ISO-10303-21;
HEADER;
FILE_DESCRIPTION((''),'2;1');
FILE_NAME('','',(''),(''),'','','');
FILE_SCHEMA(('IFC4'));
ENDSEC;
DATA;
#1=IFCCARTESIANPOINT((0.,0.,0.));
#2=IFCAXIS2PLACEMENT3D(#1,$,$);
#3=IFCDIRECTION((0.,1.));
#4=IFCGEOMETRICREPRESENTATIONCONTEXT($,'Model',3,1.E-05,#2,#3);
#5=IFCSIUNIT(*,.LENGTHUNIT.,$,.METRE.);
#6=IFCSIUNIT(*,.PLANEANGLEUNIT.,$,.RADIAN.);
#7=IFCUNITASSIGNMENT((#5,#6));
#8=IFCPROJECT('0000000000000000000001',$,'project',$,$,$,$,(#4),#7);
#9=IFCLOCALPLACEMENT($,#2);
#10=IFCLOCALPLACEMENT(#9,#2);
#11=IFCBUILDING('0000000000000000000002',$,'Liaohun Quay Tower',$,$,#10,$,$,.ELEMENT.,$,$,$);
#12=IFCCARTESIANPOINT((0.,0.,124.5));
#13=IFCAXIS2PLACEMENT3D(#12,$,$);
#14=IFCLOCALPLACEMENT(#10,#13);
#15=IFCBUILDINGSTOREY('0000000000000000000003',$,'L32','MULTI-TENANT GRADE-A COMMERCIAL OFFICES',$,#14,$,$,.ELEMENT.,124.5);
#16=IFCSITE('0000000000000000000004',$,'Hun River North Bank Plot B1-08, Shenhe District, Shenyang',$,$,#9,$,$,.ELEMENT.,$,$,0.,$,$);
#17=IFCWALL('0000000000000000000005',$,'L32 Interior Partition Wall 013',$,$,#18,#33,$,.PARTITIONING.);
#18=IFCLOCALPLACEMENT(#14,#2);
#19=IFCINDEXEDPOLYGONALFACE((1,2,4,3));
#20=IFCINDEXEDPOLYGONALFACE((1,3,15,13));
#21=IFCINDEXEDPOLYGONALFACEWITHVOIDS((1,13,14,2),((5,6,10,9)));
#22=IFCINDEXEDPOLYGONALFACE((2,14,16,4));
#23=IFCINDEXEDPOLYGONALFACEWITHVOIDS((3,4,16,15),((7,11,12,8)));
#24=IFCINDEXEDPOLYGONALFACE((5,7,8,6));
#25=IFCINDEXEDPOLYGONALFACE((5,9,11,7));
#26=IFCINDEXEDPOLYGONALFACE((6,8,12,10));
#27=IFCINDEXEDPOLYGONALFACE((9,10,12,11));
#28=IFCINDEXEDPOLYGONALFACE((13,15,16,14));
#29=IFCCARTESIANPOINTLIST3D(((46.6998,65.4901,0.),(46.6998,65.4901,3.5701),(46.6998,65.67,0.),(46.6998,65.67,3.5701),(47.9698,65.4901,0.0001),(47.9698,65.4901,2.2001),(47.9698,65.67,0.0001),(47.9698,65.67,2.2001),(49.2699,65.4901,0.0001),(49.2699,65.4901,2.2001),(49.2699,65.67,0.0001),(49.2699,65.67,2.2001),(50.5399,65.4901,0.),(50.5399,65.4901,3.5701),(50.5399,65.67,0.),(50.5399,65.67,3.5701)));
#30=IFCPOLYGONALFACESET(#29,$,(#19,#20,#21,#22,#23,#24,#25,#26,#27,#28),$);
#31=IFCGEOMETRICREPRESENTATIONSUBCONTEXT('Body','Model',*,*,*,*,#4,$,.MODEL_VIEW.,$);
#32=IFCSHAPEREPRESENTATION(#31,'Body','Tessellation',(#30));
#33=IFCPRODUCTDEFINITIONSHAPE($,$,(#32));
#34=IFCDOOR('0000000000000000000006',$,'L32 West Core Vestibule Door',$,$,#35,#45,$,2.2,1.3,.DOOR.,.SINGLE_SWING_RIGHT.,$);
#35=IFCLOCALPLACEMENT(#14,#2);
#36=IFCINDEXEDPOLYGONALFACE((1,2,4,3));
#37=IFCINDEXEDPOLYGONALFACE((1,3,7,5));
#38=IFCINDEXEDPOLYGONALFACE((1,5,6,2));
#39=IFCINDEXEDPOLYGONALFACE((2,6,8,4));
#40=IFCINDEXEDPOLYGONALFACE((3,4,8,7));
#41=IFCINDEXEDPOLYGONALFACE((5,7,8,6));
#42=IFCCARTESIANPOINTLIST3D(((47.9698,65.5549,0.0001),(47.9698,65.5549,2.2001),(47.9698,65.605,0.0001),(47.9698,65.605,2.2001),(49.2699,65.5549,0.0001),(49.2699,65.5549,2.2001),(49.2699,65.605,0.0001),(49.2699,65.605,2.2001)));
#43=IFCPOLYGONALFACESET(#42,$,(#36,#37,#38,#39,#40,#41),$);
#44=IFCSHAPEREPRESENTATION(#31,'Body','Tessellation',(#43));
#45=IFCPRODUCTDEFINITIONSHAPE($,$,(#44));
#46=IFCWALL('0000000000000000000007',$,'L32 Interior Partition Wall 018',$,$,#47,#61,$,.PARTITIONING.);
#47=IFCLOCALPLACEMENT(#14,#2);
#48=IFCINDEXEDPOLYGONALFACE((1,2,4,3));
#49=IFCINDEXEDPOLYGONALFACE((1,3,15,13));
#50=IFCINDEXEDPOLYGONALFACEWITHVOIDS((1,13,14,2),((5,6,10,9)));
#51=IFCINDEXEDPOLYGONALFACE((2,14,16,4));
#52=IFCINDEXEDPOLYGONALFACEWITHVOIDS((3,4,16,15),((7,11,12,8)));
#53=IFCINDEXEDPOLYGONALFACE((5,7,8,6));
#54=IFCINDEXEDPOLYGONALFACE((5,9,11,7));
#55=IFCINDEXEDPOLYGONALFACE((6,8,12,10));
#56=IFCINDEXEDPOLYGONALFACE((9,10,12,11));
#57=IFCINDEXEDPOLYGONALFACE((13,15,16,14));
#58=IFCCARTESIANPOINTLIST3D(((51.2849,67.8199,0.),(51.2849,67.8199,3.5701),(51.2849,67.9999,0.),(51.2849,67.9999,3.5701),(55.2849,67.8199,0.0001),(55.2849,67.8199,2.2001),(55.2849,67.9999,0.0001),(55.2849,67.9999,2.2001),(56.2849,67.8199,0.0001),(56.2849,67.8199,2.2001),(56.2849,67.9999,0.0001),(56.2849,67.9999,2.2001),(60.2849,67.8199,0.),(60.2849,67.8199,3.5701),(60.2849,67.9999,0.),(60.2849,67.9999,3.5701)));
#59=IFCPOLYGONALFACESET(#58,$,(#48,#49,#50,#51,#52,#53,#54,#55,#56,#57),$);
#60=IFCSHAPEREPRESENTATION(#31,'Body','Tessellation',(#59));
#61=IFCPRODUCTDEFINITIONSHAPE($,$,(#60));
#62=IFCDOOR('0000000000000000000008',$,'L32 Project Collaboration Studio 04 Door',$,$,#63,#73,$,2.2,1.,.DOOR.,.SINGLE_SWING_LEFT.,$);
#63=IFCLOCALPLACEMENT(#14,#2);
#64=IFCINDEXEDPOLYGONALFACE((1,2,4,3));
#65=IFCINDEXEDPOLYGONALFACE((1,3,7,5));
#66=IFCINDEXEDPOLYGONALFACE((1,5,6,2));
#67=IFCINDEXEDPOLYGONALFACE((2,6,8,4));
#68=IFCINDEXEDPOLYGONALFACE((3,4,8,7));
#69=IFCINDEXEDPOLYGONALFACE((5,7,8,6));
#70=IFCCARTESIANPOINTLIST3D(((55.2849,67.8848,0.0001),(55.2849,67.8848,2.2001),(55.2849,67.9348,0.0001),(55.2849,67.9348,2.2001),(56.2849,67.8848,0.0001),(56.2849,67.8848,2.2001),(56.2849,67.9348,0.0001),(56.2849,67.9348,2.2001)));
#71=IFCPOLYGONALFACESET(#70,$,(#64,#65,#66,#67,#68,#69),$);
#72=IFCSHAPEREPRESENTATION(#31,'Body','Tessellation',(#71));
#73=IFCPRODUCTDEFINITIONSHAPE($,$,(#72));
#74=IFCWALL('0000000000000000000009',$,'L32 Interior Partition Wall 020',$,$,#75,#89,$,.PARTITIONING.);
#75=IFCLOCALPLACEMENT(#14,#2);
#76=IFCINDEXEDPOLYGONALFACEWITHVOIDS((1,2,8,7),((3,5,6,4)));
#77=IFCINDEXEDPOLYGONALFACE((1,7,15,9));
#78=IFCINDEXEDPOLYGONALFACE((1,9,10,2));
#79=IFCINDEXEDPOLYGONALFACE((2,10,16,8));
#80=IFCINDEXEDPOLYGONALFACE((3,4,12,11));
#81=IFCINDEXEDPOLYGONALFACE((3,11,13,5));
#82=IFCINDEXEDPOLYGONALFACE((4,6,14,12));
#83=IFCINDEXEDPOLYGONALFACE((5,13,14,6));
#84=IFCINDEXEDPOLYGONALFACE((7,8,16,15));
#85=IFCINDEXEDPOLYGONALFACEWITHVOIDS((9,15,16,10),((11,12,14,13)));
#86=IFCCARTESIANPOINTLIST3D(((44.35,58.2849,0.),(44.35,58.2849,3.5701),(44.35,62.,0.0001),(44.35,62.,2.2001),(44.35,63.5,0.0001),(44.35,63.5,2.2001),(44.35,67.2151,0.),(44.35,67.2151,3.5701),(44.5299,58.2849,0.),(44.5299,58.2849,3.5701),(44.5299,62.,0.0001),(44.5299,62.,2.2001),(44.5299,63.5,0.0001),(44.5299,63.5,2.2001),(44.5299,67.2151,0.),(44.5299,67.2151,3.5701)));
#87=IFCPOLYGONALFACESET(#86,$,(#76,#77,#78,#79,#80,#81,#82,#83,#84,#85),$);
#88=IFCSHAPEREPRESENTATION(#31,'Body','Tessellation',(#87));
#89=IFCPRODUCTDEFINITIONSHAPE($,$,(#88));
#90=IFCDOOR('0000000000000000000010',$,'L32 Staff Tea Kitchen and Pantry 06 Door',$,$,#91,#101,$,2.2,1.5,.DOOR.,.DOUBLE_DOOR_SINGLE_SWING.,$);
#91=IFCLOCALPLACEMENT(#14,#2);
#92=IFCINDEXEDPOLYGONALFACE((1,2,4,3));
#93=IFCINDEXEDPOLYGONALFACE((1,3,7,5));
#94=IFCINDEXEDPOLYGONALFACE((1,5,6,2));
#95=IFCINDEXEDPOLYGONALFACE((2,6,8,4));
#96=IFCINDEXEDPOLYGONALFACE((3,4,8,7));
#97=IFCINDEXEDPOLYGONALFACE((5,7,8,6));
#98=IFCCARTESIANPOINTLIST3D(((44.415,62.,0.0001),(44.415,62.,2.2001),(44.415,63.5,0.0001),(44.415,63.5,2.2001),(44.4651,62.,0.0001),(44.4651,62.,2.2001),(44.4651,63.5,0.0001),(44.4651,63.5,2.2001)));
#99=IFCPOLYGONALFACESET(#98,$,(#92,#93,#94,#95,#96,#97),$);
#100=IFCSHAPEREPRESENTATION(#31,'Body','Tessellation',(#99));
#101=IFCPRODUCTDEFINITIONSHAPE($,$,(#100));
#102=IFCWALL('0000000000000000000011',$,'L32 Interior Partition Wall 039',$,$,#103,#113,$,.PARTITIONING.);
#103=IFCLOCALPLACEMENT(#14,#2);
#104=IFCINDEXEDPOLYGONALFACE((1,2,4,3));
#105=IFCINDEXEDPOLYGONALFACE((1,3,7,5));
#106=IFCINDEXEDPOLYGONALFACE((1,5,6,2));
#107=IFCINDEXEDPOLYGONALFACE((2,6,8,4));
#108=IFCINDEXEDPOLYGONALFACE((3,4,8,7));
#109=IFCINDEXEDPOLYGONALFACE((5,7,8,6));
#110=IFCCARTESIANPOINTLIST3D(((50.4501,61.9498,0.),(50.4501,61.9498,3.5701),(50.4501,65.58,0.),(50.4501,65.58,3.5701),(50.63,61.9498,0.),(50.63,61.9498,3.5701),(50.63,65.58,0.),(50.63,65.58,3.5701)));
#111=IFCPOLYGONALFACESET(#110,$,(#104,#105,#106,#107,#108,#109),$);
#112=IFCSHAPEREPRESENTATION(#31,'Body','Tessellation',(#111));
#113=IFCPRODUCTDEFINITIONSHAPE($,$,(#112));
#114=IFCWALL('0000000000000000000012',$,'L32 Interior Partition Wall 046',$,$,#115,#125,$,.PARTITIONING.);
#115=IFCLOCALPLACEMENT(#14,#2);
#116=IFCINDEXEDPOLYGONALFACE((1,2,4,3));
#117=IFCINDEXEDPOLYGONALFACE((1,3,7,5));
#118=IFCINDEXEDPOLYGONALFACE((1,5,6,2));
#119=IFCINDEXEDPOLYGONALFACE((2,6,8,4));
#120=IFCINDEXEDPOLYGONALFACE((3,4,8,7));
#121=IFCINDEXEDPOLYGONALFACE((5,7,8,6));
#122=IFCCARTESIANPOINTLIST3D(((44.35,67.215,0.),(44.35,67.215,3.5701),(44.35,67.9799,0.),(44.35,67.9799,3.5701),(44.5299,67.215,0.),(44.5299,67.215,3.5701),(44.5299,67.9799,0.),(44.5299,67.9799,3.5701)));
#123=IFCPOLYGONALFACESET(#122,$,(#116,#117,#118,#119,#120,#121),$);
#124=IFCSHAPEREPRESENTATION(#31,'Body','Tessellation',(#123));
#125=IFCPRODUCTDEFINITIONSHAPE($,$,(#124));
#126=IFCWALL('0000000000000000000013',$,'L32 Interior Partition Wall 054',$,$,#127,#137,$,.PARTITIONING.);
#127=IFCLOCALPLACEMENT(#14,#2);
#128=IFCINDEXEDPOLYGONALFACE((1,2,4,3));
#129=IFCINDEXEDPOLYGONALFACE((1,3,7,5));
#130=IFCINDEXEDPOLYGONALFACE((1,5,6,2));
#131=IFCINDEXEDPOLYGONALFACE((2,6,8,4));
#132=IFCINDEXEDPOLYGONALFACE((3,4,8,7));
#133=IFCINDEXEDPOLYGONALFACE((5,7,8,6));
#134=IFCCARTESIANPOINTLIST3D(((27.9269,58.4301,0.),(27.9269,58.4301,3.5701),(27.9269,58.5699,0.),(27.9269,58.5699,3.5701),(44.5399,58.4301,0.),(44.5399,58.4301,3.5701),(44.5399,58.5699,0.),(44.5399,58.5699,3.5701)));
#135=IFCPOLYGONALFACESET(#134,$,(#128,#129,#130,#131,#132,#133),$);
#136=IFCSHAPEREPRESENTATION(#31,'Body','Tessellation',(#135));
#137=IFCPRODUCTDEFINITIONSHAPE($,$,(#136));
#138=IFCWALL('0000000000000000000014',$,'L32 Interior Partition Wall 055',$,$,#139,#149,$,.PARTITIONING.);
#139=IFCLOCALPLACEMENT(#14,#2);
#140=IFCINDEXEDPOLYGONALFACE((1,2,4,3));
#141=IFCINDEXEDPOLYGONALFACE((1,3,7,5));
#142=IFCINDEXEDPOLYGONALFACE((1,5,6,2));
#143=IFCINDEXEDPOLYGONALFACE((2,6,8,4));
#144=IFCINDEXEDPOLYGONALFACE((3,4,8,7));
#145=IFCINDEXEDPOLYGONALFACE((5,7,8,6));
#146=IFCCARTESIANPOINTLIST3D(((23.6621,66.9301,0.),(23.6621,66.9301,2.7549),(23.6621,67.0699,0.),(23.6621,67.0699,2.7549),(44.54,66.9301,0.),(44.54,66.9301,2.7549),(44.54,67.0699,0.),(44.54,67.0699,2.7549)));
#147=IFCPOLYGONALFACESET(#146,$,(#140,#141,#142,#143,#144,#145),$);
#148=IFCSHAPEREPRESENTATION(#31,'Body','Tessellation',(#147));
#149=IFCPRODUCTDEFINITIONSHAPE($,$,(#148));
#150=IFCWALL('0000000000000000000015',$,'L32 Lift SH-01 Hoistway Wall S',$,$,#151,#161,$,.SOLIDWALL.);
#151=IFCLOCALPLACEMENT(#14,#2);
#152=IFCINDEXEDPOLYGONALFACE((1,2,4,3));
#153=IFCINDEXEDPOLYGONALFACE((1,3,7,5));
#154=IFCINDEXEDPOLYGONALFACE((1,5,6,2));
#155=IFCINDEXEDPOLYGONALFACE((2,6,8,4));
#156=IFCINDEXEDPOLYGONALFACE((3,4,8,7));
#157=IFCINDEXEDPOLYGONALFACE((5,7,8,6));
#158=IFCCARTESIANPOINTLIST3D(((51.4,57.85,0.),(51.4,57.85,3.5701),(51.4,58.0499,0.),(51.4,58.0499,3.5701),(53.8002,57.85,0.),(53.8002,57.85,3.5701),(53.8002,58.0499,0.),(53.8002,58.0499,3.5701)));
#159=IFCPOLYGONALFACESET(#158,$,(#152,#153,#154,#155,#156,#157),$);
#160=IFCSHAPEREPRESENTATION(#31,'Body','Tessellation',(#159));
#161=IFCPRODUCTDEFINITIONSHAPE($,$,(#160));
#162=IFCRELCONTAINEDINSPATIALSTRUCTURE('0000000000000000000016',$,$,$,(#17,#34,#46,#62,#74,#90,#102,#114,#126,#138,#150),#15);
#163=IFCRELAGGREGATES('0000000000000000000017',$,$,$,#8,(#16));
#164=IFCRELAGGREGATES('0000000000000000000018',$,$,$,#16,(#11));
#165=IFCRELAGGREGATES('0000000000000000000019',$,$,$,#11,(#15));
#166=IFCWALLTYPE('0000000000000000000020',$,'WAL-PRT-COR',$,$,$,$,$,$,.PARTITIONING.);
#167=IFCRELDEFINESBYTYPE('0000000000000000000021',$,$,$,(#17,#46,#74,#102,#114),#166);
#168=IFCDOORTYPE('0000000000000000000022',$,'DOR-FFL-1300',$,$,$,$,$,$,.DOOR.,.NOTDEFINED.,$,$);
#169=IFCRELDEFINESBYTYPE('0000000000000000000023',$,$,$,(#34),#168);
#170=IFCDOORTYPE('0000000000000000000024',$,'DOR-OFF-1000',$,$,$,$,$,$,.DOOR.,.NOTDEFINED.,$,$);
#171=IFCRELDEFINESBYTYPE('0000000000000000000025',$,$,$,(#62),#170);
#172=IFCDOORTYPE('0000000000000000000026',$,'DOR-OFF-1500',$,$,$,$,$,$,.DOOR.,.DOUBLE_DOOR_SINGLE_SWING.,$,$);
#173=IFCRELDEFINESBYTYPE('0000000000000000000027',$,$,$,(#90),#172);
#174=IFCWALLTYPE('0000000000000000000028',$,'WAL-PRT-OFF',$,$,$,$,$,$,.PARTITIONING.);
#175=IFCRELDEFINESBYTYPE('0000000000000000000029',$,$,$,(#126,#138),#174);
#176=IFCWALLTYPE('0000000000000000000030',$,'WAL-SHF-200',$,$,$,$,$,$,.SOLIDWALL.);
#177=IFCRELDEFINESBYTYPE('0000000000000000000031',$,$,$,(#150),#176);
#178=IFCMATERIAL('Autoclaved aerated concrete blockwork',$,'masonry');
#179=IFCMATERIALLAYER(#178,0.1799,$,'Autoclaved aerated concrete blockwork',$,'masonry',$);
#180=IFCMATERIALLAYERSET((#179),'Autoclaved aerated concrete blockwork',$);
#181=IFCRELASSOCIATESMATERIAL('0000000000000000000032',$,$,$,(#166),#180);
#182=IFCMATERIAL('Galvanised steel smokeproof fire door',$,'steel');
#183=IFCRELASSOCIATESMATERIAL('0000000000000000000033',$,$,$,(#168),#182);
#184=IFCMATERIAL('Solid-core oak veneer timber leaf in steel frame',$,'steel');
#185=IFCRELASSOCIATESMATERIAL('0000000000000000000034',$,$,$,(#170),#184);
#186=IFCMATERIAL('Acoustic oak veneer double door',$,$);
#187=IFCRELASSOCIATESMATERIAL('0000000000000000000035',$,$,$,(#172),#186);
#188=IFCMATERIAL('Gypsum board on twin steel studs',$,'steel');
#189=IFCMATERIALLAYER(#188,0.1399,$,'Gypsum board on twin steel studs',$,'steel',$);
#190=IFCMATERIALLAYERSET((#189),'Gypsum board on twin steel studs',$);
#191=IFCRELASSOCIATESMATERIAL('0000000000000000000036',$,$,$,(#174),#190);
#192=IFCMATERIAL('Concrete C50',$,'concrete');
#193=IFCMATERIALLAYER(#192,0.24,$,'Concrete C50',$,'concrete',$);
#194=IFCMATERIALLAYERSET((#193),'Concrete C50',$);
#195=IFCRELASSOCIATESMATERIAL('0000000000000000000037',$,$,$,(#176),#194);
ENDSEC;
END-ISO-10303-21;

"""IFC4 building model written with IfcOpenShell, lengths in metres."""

from ifc_helpers import new_model, si_unit, direction, frame, frame_2d, origin, place, context, subcontext, project, spatial, rectangle, extrude, source, transform, mapped, material, layer, layer_set, type_object, element, fill, save


model = new_model("IFC4")

# Units and contexts
model_context = context("Model", 3, precision=1e-05, world=origin(), true_north=direction((0.0, 1.0)))
body_context = subcontext(model_context, "Body", "Model", "MODEL_VIEW")
ifc_project = project(units=[si_unit("LENGTHUNIT", "METRE"), si_unit("PLANEANGLEUNIT", "RADIAN")], contexts=[model_context])

# Site, building, storey
site_placement = place(None, origin())
site = spatial("IfcSite", under=ifc_project, at=site_placement, Name="Hun River North Bank Plot B1-08, Shenhe District, Shenyang", CompositionType="ELEMENT", RefElevation=0.0)
building_placement = place(site_placement, origin())
building = spatial("IfcBuilding", under=site, at=building_placement, Name="Liaohun Quay Tower", CompositionType="ELEMENT")
storey_placement = place(building_placement, frame((0.0, 0.0, 124.5)))
storey = spatial("IfcBuildingStorey", under=building, at=storey_placement, Name="L32", Description="MULTI-TENANT GRADE-A COMMERCIAL OFFICES", CompositionType="ELEMENT", Elevation=124.5)

# Walls, openings, doors
ifc_material_1 = material(Name="Autoclaved aerated concrete blockwork", Category="masonry")
ifc_layer_1 = layer(ifc_material_1, 0.1799, Name="Autoclaved aerated concrete blockwork", Category="masonry")
ifc_layer_set_1 = layer_set([ifc_layer_1], Name="Autoclaved aerated concrete blockwork")
wall_type_1 = type_object("IfcWallType", Name="WAL-PRT-COR", PredefinedType="PARTITIONING", material=ifc_layer_set_1)
wall_1_placement = place(storey_placement, frame((46.7, 65.5801, 0.0), z_axis=(0.0, 0.0, 1.0), x_axis=(1.0, 0.0, 0.0)))
wall_1 = element("IfcWall", 1, at=wall_1_placement, inside=storey, type_object=wall_type_1, Name="L32 Interior Partition Wall 013", PredefinedType="PARTITIONING", context=body_context, shape_type="SweptSolid", body=[
    extrude(rectangle(XDim=3.8401, YDim=0.1799, at=frame_2d((1.9199, 0.0))), origin(), (0.0, 0.0, 1.0), 3.5701),
])
shared_shape_1 = source(origin(), body_context, "Body", "SweptSolid", [
    extrude(rectangle(XDim=1.3, YDim=2.2, at=frame_2d((0.6499, 1.1001))), frame((0.0, 0.0999, 0.0), z_axis=(0.0, -1.0, 0.0), x_axis=(1.0, 0.0, 0.0)), (0.0, 0.0, 1.0), 0.2),
])
opening_1_placement = place(wall_1_placement, frame((1.27, 0.0, 0.0)))
opening_1 = element("IfcOpeningElement", 2, at=opening_1_placement, cuts=wall_1, PredefinedType="OPENING", context=body_context, shape_type="MappedRepresentation", body=[
    mapped(shared_shape_1, transform((0.0, 0.0, 0.0), x_axis=(1.0, 0.0, 0.0), y_axis=(0.0, 1.0, 0.0), z_axis=(0.0, 0.0, 1.0), scale=1.0)),
])
ifc_material_2 = material(Name="Galvanised steel smokeproof fire door", Category="steel")
door_type_1 = type_object("IfcDoorType", Name="DOR-FFL-1300", OperationType="NOTDEFINED", PredefinedType="DOOR", material=ifc_material_2)
shared_shape_2 = source(origin(), body_context, "Body", "SweptSolid", [
    extrude(rectangle(XDim=1.3, YDim=2.2, at=frame_2d((0.6499, 1.1001))), frame((0.0, 0.0249, 0.0), z_axis=(0.0, -1.0, 0.0), x_axis=(1.0, 0.0, 0.0)), (0.0, 0.0, 1.0), 0.05),
])
door_1_placement = place(opening_1_placement, origin())
door_1 = element("IfcDoor", 3, at=door_1_placement, inside=storey, type_object=door_type_1, Name="L32 West Core Vestibule Door", OperationType="SINGLE_SWING_RIGHT", OverallHeight=2.2, OverallWidth=1.3, PredefinedType="DOOR", context=body_context, shape_type="MappedRepresentation", body=[
    mapped(shared_shape_2, transform((0.0, 0.0, 0.0), x_axis=(1.0, 0.0, 0.0), y_axis=(0.0, 1.0, 0.0), z_axis=(0.0, 0.0, 1.0), scale=1.0)),
])
fill(opening_1, door_1)
wall_2_placement = place(storey_placement, frame((51.2849, 67.9099, 0.0), z_axis=(0.0, 0.0, 1.0), x_axis=(1.0, 0.0, 0.0)))
wall_2 = element("IfcWall", 4, at=wall_2_placement, inside=storey, type_object=wall_type_1, Name="L32 Interior Partition Wall 018", PredefinedType="PARTITIONING", context=body_context, shape_type="SweptSolid", body=[
    extrude(rectangle(XDim=9.0, YDim=0.1799, at=frame_2d((4.5, 0.0))), origin(), (0.0, 0.0, 1.0), 3.5701),
])
shared_shape_3 = source(origin(), body_context, "Body", "SweptSolid", [
    extrude(rectangle(XDim=1.0, YDim=2.2, at=frame_2d((0.5, 1.1001))), frame((0.0, 0.0999, 0.0), z_axis=(0.0, -1.0, 0.0), x_axis=(1.0, 0.0, 0.0)), (0.0, 0.0, 1.0), 0.2),
])
opening_2_placement = place(wall_2_placement, frame((4.0, 0.0, 0.0)))
opening_2 = element("IfcOpeningElement", 5, at=opening_2_placement, cuts=wall_2, PredefinedType="OPENING", context=body_context, shape_type="MappedRepresentation", body=[
    mapped(shared_shape_3, transform((0.0, 0.0, 0.0), x_axis=(1.0, 0.0, 0.0), y_axis=(0.0, 1.0, 0.0), z_axis=(0.0, 0.0, 1.0), scale=1.0)),
])
ifc_material_3 = material(Name="Solid-core oak veneer timber leaf in steel frame", Category="steel")
door_type_2 = type_object("IfcDoorType", Name="DOR-OFF-1000", OperationType="NOTDEFINED", PredefinedType="DOOR", material=ifc_material_3)
shared_shape_4 = source(origin(), body_context, "Body", "SweptSolid", [
    extrude(rectangle(XDim=1.0, YDim=2.2, at=frame_2d((0.5, 1.1001))), frame((0.0, 0.0249, 0.0), z_axis=(0.0, -1.0, 0.0), x_axis=(1.0, 0.0, 0.0)), (0.0, 0.0, 1.0), 0.05),
])
door_2_placement = place(opening_2_placement, origin())
door_2 = element("IfcDoor", 6, at=door_2_placement, inside=storey, type_object=door_type_2, Name="L32 Project Collaboration Studio 04 Door", OperationType="SINGLE_SWING_LEFT", OverallHeight=2.2, OverallWidth=1.0, PredefinedType="DOOR", context=body_context, shape_type="MappedRepresentation", body=[
    mapped(shared_shape_4, transform((0.0, 0.0, 0.0), x_axis=(1.0, 0.0, 0.0), y_axis=(0.0, 1.0, 0.0), z_axis=(0.0, 0.0, 1.0), scale=1.0)),
])
fill(opening_2, door_2)
wall_3_placement = place(storey_placement, frame((44.4399, 58.2849, 0.0), z_axis=(0.0, 0.0, 1.0), x_axis=(0.0, 1.0, 0.0)))
wall_3 = element("IfcWall", 7, at=wall_3_placement, inside=storey, type_object=wall_type_1, Name="L32 Interior Partition Wall 020", PredefinedType="PARTITIONING", context=body_context, shape_type="SweptSolid", body=[
    extrude(rectangle(XDim=8.9302, YDim=0.1799, at=frame_2d((4.4651, 0.0))), origin(), (0.0, 0.0, 1.0), 3.5701),
])
shared_shape_5 = source(origin(), body_context, "Body", "SweptSolid", [
    extrude(rectangle(XDim=1.5, YDim=2.2, at=frame_2d((0.75, 1.1001))), frame((0.0, 0.0999, 0.0), z_axis=(0.0, -1.0, 0.0), x_axis=(1.0, 0.0, 0.0)), (0.0, 0.0, 1.0), 0.2),
])
opening_3_placement = place(wall_3_placement, frame((3.7151, 0.0, 0.0)))
opening_3 = element("IfcOpeningElement", 8, at=opening_3_placement, cuts=wall_3, PredefinedType="OPENING", context=body_context, shape_type="MappedRepresentation", body=[
    mapped(shared_shape_5, transform((0.0, 0.0, 0.0), x_axis=(1.0, 0.0, 0.0), y_axis=(0.0, 1.0, 0.0), z_axis=(0.0, 0.0, 1.0), scale=1.0)),
])
ifc_material_4 = material(Name="Acoustic oak veneer double door")
door_type_3 = type_object("IfcDoorType", Name="DOR-OFF-1500", OperationType="DOUBLE_DOOR_SINGLE_SWING", PredefinedType="DOOR", material=ifc_material_4)
shared_shape_6 = source(origin(), body_context, "Body", "SweptSolid", [
    extrude(rectangle(XDim=1.5, YDim=2.2, at=frame_2d((0.75, 1.1001))), frame((0.0, 0.0249, 0.0), z_axis=(0.0, -1.0, 0.0), x_axis=(1.0, 0.0, 0.0)), (0.0, 0.0, 1.0), 0.05),
])
door_3_placement = place(opening_3_placement, origin())
door_3 = element("IfcDoor", 9, at=door_3_placement, inside=storey, type_object=door_type_3, Name="L32 Staff Tea Kitchen and Pantry 06 Door", OperationType="DOUBLE_DOOR_SINGLE_SWING", OverallHeight=2.2, OverallWidth=1.5, PredefinedType="DOOR", context=body_context, shape_type="MappedRepresentation", body=[
    mapped(shared_shape_6, transform((0.0, 0.0, 0.0), x_axis=(1.0, 0.0, 0.0), y_axis=(0.0, 1.0, 0.0), z_axis=(0.0, 0.0, 1.0), scale=1.0)),
])
fill(opening_3, door_3)

# Walls
wall_4_placement = place(storey_placement, frame((50.54, 61.95, 0.0), z_axis=(0.0, 0.0, 1.0), x_axis=(0.0, 1.0, 0.0)))
element("IfcWall", 10, at=wall_4_placement, inside=storey, type_object=wall_type_1, Name="L32 Interior Partition Wall 039", PredefinedType="PARTITIONING", context=body_context, shape_type="SweptSolid", body=[
    extrude(rectangle(XDim=3.6301, YDim=0.1799, at=frame_2d((1.8149, 0.0))), origin(), (0.0, 0.0, 1.0), 3.5701),
])
wall_5_placement = place(storey_placement, frame((44.4399, 67.2151, 0.0), z_axis=(0.0, 0.0, 1.0), x_axis=(0.0, 1.0, 0.0)))
element("IfcWall", 11, at=wall_5_placement, inside=storey, type_object=wall_type_1, Name="L32 Interior Partition Wall 046", PredefinedType="PARTITIONING", context=body_context, shape_type="SweptSolid", body=[
    extrude(rectangle(XDim=0.7649, YDim=0.1799, at=frame_2d((0.3823, 0.0))), origin(), (0.0, 0.0, 1.0), 3.5701),
])
ifc_material_5 = material(Name="Gypsum board on twin steel studs", Category="steel")
ifc_layer_2 = layer(ifc_material_5, 0.1399, Name="Gypsum board on twin steel studs", Category="steel")
ifc_layer_set_2 = layer_set([ifc_layer_2], Name="Gypsum board on twin steel studs")
wall_type_2 = type_object("IfcWallType", Name="WAL-PRT-OFF", PredefinedType="PARTITIONING", material=ifc_layer_set_2)
wall_6_placement = place(storey_placement, frame((44.54, 58.5, 0.0), z_axis=(0.0, 0.0, 1.0), x_axis=(-1.0, 0.0, 0.0)))
element("IfcWall", 12, at=wall_6_placement, inside=storey, type_object=wall_type_2, Name="L32 Interior Partition Wall 054", PredefinedType="PARTITIONING", context=body_context, shape_type="SweptSolid", body=[
    extrude(rectangle(XDim=16.613, YDim=0.1399, at=frame_2d((8.3066, 0.0))), origin(), (0.0, 0.0, 1.0), 3.5701),
])
wall_7_placement = place(storey_placement, frame((44.54, 67.0, 0.0), z_axis=(0.0, 0.0, 1.0), x_axis=(-1.0, 0.0, 0.0)))
element("IfcWall", 13, at=wall_7_placement, inside=storey, type_object=wall_type_2, Name="L32 Interior Partition Wall 055", PredefinedType="PARTITIONING", context=body_context, shape_type="SweptSolid", body=[
    extrude(rectangle(XDim=20.8779, YDim=0.1399, at=frame_2d((10.439, 0.0))), origin(), (0.0, 0.0, 1.0), 2.7549),
])
ifc_material_6 = material(Name="Concrete C50", Category="concrete")
ifc_layer_3 = layer(ifc_material_6, 0.24, Name="Concrete C50", Category="concrete")
ifc_layer_set_3 = layer_set([ifc_layer_3], Name="Concrete C50")
wall_type_3 = type_object("IfcWallType", Name="WAL-SHF-200", PredefinedType="SOLIDWALL", material=ifc_layer_set_3)
wall_8_placement = place(storey_placement, frame((51.3999, 57.95, 0.0), z_axis=(0.0, 0.0, 1.0), x_axis=(1.0, 0.0, 0.0)))
element("IfcWall", 14, at=wall_8_placement, inside=storey, type_object=wall_type_3, Name="L32 Lift SH-01 Hoistway Wall S", PredefinedType="SOLIDWALL", context=body_context, shape_type="SweptSolid", body=[
    extrude(rectangle(XDim=2.4001, YDim=0.2, at=frame_2d((1.2002, 0.0))), origin(), (0.0, 0.0, 1.0), 3.5701),
])

save(model, "model.ifc")
